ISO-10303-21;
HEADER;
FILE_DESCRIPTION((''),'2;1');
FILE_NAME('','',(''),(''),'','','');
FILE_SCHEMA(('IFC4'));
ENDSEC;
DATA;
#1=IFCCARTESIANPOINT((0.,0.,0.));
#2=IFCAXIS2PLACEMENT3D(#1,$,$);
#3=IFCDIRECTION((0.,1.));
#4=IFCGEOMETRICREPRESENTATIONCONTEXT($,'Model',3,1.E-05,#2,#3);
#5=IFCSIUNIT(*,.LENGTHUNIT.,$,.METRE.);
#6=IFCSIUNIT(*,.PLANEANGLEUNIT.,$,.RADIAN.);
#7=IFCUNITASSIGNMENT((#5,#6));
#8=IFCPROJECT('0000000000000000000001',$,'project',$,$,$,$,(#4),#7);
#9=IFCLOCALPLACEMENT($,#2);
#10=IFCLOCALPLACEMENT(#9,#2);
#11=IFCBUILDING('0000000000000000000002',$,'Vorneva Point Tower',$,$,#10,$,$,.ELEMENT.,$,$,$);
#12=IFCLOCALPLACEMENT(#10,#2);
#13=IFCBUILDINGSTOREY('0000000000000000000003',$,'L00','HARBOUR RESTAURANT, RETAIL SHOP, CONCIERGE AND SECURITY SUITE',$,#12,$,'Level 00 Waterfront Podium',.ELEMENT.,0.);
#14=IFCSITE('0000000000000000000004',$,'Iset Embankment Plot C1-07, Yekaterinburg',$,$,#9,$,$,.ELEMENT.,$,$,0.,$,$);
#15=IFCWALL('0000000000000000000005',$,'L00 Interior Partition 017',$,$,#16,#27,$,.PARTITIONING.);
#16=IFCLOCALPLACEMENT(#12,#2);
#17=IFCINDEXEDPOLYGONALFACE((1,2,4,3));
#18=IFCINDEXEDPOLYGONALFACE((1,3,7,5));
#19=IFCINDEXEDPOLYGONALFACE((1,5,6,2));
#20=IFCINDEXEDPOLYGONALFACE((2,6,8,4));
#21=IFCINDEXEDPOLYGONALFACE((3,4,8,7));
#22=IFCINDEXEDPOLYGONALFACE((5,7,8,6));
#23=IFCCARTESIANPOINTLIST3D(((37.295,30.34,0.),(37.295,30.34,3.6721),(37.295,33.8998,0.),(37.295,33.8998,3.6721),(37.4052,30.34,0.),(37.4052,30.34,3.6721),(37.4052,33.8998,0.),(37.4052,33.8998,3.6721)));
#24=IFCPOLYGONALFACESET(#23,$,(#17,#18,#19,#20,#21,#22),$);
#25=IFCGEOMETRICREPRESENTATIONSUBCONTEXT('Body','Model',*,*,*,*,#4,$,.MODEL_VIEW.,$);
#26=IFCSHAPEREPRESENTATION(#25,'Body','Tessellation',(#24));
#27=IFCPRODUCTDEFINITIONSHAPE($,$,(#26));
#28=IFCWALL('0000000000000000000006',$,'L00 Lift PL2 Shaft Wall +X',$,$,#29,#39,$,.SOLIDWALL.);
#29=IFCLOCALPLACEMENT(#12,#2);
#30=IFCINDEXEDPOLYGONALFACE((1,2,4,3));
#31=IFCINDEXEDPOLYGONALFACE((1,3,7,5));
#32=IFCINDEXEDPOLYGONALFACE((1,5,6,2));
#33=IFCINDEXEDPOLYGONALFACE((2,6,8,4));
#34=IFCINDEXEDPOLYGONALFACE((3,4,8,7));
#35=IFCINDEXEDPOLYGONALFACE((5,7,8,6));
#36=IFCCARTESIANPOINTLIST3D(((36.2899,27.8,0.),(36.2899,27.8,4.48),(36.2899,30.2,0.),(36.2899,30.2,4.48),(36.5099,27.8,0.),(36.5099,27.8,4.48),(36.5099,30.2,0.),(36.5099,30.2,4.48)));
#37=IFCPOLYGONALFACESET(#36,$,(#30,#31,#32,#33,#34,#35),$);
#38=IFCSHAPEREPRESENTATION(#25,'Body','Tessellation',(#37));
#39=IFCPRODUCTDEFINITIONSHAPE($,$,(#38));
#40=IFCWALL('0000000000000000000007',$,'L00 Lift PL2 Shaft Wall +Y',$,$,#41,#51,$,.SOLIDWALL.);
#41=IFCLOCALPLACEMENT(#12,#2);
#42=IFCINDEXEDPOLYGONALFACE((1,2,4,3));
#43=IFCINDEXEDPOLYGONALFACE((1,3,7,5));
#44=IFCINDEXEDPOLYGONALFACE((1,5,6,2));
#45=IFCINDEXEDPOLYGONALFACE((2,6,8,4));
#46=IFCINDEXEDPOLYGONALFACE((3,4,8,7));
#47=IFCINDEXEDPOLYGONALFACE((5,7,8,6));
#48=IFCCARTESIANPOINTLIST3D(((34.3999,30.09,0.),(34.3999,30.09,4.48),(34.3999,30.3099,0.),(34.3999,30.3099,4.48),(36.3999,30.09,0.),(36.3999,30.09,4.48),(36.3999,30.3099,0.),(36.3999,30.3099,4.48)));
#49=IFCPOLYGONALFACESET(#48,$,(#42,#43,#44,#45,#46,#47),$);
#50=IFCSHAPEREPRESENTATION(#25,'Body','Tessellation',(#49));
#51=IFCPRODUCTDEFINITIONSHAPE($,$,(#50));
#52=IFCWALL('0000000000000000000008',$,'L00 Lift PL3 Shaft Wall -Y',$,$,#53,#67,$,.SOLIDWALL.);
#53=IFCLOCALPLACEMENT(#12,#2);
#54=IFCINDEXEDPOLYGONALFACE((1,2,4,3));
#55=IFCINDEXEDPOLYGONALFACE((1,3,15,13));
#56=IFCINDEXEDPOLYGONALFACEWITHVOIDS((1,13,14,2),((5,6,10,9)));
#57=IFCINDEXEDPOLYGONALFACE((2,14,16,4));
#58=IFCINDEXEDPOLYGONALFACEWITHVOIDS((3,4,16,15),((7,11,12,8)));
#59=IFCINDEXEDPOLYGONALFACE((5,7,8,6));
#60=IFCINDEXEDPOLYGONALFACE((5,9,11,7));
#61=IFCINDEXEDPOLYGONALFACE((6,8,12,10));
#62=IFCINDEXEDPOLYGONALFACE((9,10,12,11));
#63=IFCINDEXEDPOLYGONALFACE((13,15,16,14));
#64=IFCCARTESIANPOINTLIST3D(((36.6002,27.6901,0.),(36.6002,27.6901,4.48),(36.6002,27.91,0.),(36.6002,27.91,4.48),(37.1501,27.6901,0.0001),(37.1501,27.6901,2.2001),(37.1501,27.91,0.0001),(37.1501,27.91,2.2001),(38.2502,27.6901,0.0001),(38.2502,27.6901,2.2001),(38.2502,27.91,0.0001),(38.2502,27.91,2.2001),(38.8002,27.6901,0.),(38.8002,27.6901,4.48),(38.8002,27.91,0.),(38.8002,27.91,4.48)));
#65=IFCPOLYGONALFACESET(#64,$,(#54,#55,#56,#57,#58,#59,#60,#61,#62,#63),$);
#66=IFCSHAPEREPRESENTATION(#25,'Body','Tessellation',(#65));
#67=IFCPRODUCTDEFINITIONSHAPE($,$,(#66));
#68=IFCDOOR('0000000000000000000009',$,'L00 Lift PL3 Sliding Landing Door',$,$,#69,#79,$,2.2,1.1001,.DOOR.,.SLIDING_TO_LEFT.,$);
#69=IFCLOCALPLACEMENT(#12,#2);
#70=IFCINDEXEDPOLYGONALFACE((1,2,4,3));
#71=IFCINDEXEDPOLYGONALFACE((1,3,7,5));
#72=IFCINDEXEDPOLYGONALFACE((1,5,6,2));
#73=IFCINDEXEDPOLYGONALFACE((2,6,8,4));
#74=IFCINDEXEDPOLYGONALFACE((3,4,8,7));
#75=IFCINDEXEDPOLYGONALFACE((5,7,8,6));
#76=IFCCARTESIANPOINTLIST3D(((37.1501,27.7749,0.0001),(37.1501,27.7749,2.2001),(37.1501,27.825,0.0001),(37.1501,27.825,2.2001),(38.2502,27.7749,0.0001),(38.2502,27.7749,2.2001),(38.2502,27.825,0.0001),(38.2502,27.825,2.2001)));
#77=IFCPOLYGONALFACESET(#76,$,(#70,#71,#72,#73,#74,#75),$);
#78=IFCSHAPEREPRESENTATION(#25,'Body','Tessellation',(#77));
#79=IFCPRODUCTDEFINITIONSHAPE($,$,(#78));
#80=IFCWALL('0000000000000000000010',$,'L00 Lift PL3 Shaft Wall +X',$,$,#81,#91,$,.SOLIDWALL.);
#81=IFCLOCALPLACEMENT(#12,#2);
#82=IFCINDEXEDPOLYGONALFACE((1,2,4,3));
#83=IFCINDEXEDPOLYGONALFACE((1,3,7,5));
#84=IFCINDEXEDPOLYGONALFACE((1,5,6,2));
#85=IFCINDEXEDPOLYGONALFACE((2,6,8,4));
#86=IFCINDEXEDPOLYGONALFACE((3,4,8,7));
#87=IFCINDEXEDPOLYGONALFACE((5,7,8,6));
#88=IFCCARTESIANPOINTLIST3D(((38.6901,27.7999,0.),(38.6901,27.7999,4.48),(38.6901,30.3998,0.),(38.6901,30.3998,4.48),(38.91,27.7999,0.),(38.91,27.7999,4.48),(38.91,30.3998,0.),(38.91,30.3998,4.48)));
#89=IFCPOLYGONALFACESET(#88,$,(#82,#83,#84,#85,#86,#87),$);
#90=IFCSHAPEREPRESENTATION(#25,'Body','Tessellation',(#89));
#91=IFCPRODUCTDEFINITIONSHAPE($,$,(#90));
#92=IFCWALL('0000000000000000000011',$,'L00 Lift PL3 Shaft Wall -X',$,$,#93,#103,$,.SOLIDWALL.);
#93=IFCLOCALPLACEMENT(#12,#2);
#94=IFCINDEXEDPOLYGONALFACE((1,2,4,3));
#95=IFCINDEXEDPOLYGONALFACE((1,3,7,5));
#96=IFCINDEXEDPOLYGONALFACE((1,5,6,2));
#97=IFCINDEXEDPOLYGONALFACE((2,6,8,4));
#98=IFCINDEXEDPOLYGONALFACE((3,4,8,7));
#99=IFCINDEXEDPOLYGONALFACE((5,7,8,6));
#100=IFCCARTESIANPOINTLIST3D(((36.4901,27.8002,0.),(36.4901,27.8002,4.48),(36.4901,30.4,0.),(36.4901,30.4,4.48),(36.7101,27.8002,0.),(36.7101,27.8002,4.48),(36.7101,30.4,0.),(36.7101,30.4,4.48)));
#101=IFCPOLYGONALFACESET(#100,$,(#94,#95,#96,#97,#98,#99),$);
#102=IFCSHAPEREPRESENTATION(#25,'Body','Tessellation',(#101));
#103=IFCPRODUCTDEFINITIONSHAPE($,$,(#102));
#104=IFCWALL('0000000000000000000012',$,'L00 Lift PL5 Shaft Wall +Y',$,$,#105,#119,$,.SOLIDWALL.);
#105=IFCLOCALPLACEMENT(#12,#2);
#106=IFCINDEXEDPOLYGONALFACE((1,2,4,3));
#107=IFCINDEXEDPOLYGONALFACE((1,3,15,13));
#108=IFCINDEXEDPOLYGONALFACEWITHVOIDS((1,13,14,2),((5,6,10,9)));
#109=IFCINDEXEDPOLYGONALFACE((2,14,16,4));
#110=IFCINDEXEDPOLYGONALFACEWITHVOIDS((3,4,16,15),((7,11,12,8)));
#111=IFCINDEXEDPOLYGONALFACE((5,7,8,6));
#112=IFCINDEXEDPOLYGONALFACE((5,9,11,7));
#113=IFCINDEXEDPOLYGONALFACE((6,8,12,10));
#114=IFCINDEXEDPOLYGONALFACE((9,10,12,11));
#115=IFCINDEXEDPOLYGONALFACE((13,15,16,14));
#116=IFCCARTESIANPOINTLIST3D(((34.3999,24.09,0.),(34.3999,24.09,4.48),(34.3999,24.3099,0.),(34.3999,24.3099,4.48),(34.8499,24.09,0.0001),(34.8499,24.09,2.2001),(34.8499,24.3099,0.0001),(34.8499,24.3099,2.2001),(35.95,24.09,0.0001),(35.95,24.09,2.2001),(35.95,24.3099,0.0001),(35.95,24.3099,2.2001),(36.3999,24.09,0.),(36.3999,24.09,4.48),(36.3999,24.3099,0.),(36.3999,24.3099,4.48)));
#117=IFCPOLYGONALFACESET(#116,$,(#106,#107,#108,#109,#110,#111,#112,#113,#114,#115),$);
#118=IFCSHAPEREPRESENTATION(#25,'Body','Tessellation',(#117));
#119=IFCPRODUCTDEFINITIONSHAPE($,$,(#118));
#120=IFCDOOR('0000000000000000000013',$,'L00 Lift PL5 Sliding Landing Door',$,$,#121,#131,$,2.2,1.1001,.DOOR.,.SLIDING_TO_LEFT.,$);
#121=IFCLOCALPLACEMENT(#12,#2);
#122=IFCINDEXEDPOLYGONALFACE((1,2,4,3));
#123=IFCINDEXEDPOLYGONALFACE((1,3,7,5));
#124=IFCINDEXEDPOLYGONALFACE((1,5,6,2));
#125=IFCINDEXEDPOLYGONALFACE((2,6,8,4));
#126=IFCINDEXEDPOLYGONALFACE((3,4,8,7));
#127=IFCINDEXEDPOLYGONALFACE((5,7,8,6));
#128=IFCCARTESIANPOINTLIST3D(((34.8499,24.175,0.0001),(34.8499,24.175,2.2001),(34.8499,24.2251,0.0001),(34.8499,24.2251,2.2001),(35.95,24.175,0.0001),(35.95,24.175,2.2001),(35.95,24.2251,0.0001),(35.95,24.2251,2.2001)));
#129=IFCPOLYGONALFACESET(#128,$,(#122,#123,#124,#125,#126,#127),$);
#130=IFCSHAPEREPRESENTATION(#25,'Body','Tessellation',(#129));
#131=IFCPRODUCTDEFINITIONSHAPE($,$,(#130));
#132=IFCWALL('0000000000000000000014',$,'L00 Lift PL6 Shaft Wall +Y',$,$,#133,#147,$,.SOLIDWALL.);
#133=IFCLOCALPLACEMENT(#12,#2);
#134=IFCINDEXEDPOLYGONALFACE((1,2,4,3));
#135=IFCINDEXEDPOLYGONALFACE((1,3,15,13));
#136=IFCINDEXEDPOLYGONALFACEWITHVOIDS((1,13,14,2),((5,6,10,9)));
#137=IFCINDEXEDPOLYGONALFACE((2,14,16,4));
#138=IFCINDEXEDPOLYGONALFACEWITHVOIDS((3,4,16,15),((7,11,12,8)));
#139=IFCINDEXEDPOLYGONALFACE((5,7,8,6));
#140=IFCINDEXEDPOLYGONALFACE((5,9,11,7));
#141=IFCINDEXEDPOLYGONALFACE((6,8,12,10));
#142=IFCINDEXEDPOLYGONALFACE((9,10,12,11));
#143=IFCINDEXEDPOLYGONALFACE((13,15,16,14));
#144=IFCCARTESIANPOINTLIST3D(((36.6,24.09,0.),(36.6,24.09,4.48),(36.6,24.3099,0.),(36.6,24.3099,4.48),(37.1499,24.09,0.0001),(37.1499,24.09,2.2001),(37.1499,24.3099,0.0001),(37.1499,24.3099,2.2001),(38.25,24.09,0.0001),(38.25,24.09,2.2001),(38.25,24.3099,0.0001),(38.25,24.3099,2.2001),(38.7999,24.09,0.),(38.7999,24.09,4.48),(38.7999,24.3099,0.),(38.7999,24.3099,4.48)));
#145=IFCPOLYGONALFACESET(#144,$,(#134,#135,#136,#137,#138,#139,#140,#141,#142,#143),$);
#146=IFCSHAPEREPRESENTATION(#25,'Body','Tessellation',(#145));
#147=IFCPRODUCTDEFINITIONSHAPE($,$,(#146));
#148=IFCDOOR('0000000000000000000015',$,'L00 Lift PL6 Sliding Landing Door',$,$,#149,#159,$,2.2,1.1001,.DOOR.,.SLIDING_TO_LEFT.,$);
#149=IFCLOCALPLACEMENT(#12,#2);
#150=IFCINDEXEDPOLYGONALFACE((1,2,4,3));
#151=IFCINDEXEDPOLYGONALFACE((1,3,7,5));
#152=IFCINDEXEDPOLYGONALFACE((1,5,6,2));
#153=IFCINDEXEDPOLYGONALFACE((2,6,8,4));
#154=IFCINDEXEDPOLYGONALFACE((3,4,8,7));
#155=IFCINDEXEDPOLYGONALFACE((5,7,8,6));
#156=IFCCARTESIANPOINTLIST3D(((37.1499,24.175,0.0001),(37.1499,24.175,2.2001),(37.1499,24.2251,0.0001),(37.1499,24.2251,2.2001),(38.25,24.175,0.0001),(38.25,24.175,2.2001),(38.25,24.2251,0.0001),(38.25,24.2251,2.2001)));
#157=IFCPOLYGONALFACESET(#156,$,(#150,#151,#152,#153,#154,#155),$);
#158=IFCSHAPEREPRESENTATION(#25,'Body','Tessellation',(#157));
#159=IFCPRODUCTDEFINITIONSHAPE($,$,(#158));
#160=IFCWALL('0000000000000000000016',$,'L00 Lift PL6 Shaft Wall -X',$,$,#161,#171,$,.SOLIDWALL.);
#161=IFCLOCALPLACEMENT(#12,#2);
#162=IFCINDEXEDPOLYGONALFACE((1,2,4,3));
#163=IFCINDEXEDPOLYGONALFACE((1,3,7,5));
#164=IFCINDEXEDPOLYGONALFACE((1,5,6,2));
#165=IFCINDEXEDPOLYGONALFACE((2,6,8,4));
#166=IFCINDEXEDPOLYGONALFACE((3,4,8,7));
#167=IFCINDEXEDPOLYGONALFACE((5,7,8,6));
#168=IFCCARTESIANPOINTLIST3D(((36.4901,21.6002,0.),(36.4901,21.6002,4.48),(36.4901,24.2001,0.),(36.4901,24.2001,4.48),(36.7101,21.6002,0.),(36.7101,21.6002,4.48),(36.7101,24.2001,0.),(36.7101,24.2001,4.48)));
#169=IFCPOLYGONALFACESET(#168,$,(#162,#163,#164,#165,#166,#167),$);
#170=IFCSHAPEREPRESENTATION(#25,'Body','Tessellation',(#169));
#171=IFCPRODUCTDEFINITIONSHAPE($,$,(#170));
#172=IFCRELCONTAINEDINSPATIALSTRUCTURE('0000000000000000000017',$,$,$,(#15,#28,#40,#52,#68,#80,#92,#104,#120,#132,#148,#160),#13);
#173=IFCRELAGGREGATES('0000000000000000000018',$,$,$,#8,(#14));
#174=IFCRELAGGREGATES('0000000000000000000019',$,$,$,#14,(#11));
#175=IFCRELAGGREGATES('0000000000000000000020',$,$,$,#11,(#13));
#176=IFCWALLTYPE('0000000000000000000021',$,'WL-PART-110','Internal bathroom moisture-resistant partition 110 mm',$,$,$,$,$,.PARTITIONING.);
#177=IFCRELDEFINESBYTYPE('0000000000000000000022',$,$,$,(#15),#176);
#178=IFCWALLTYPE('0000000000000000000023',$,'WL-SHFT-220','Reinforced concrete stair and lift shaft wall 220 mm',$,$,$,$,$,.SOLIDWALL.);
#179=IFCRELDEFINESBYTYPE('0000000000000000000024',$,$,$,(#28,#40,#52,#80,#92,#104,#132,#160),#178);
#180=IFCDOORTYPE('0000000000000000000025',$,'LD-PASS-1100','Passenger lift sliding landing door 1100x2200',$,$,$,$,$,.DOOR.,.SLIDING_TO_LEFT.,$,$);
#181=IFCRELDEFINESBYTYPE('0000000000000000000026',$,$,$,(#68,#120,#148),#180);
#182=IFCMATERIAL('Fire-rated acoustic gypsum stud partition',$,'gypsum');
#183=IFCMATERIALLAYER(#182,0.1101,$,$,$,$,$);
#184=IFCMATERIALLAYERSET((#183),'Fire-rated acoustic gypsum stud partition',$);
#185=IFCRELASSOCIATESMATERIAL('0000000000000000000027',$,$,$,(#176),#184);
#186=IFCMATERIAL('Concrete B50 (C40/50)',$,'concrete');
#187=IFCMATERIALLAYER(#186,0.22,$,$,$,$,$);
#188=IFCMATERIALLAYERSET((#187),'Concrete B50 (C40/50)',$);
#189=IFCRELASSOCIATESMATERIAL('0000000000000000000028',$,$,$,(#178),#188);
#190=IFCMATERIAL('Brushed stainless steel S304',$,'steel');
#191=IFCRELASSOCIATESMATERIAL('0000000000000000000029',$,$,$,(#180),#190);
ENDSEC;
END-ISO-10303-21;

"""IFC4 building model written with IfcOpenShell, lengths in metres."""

from ifc_helpers import new_model, si_unit, direction, frame, frame_2d, origin, place, context, subcontext, project, spatial, rectangle, extrude, material, layer, layer_set, type_object, element, fill, save


model = new_model("IFC4")

# Units and contexts
model_context = context("Model", 3, precision=1e-05, world=origin(), true_north=direction((0.0, 1.0)))
body_context = subcontext(model_context, "Body", "Model", "MODEL_VIEW")
ifc_project = project(units=[si_unit("LENGTHUNIT", "METRE"), si_unit("PLANEANGLEUNIT", "RADIAN")], contexts=[model_context])

# Site, building, storey
site_placement = place(None, origin())
site = spatial("IfcSite", under=ifc_project, at=site_placement, Name="Iset Embankment Plot C1-07, Yekaterinburg", CompositionType="ELEMENT", RefElevation=0.0)
building_placement = place(site_placement, origin())
building = spatial("IfcBuilding", under=site, at=building_placement, Name="Vorneva Point Tower", CompositionType="ELEMENT")
storey_placement = place(building_placement, origin())
storey = spatial("IfcBuildingStorey", under=building, at=storey_placement, Name="L00", Description="HARBOUR RESTAURANT, RETAIL SHOP, CONCIERGE AND SECURITY SUITE", LongName="Level 00 Waterfront Podium", CompositionType="ELEMENT", Elevation=0.0)

# Wall
ifc_material_1 = material(Name="Fire-rated acoustic gypsum stud partition", Category="gypsum")
ifc_layer_1 = layer(ifc_material_1, 0.1101)
ifc_layer_set_1 = layer_set([ifc_layer_1], Name="Fire-rated acoustic gypsum stud partition")
wall_type_1 = type_object("IfcWallType", Name="WL-PART-110", Description="Internal bathroom moisture-resistant partition 110 mm", PredefinedType="PARTITIONING", material=ifc_layer_set_1)
wall_1_placement = place(storey_placement, frame((37.3501, 30.3401, 0.0), z_axis=(0.0, 0.0, 1.0), x_axis=(0.0, 1.0, 0.0)))
element("IfcWall", 1, at=wall_1_placement, inside=storey, type_object=wall_type_1, Name="L00 Interior Partition 017", PredefinedType="PARTITIONING", context=body_context, shape_type="SweptSolid", body=[
    extrude(rectangle(XDim=3.5598, YDim=0.1101, at=frame_2d((1.7798, 0.0))), origin(), (0.0, 0.0, 1.0), 3.6721),
])

# Walls
ifc_material_2 = material(Name="Concrete B50 (C40/50)", Category="concrete")
ifc_layer_2 = layer(ifc_material_2, 0.22)
ifc_layer_set_2 = layer_set([ifc_layer_2], Name="Concrete B50 (C40/50)")
wall_type_2 = type_object("IfcWallType", Name="WL-SHFT-220", Description="Reinforced concrete stair and lift shaft wall 220 mm", PredefinedType="SOLIDWALL", material=ifc_layer_set_2)
wall_2_placement = place(storey_placement, frame((36.3999, 27.8, 0.0), z_axis=(0.0, 0.0, 1.0), x_axis=(0.0, 1.0, 0.0)))
element("IfcWall", 2, at=wall_2_placement, inside=storey, type_object=wall_type_2, Name="L00 Lift PL2 Shaft Wall +X", PredefinedType="SOLIDWALL", context=body_context, shape_type="SweptSolid", body=[
    extrude(rectangle(XDim=2.3999, YDim=0.22, at=frame_2d((1.2, 0.0))), origin(), (0.0, 0.0, 1.0), 4.48),
])
wall_3_placement = place(storey_placement, frame((36.3999, 30.2, 0.0), z_axis=(0.0, 0.0, 1.0), x_axis=(-1.0, 0.0, 0.0)))
element("IfcWall", 3, at=wall_3_placement, inside=storey, type_object=wall_type_2, Name="L00 Lift PL2 Shaft Wall +Y", PredefinedType="SOLIDWALL", context=body_context, shape_type="SweptSolid", body=[
    extrude(rectangle(XDim=2.0, YDim=0.22, at=frame_2d((1.0, 0.0))), origin(), (0.0, 0.0, 1.0), 4.48),
])

# Wall, opening, door
wall_4_placement = place(storey_placement, frame((36.6001, 27.8, 0.0), z_axis=(0.0, 0.0, 1.0), x_axis=(1.0, 0.0, 0.0)))
wall_4 = element("IfcWall", 4, at=wall_4_placement, inside=storey, type_object=wall_type_2, Name="L00 Lift PL3 Shaft Wall -Y", PredefinedType="SOLIDWALL", context=body_context, shape_type="SweptSolid", body=[
    extrude(rectangle(XDim=2.2, YDim=0.22, at=frame_2d((1.1001, 0.0))), origin(), (0.0, 0.0, 1.0), 4.48),
])
opening_1_placement = place(wall_4_placement, frame((0.55, 0.0, 0.0)))
opening_1 = element("IfcOpeningElement", 5, at=opening_1_placement, cuts=wall_4, PredefinedType="OPENING", context=body_context, shape_type="SweptSolid", body=[
    extrude(rectangle(XDim=1.1001, YDim=2.2, at=frame_2d((0.55, 1.1001))), frame((0.0, 0.125, 0.0), z_axis=(0.0, -1.0, 0.0), x_axis=(1.0, 0.0, 0.0)), (0.0, 0.0, 1.0), 0.2498),
])
ifc_material_3 = material(Name="Brushed stainless steel S304", Category="steel")
door_type_1 = type_object("IfcDoorType", Name="LD-PASS-1100", Description="Passenger lift sliding landing door 1100x2200", OperationType="SLIDING_TO_LEFT", PredefinedType="DOOR", material=ifc_material_3)
door_1_placement = place(opening_1_placement, origin())
door_1 = element("IfcDoor", 6, at=door_1_placement, inside=storey, type_object=door_type_1, Name="L00 Lift PL3 Sliding Landing Door", OperationType="SLIDING_TO_LEFT", OverallHeight=2.2, OverallWidth=1.1001, PredefinedType="DOOR", context=body_context, shape_type="SweptSolid", body=[
    extrude(rectangle(XDim=1.1001, YDim=2.2, at=frame_2d((0.55, 1.1001))), frame((0.0, 0.0249, 0.0), z_axis=(0.0, -1.0, 0.0), x_axis=(1.0, 0.0, 0.0)), (0.0, 0.0, 1.0), 0.05),
])
fill(opening_1, door_1)

# Walls
for number, where, z_axis, x_axis, name in (
    (7, (38.8, 27.8, 0.0), (0.0, 0.0, 1.0), (0.0, 1.0, 0.0), "L00 Lift PL3 Shaft Wall +X"),
    (8, (36.6001, 30.3999, 0.0), (0.0, 0.0, 1.0), (0.0, -1.0, 0.0), "L00 Lift PL3 Shaft Wall -X"),
):
    element("IfcWall", number, at=place(storey_placement, frame(where, z_axis=z_axis, x_axis=x_axis)), inside=storey, type_object=wall_type_2, Name=name, PredefinedType="SOLIDWALL", context=body_context, shape_type="SweptSolid", body=[
        extrude(rectangle(XDim=2.5999, YDim=0.22, at=frame_2d((1.2998, 0.0))), origin(), (0.0, 0.0, 1.0), 4.48),
    ])

# Walls, openings, doors
wall_5_placement = place(storey_placement, frame((36.3999, 24.2, 0.0), z_axis=(0.0, 0.0, 1.0), x_axis=(-1.0, 0.0, 0.0)))
wall_5 = element("IfcWall", 9, at=wall_5_placement, inside=storey, type_object=wall_type_2, Name="L00 Lift PL5 Shaft Wall +Y", PredefinedType="SOLIDWALL", context=body_context, shape_type="SweptSolid", body=[
    extrude(rectangle(XDim=2.0, YDim=0.22, at=frame_2d((1.0, 0.0))), origin(), (0.0, 0.0, 1.0), 4.48),
])
opening_2_placement = place(wall_5_placement, frame((0.45, 0.0, 0.0)))
opening_2 = element("IfcOpeningElement", 10, at=opening_2_placement, cuts=wall_5, PredefinedType="OPENING", context=body_context, shape_type="SweptSolid", body=[
    extrude(rectangle(XDim=1.1001, YDim=2.2, at=frame_2d((0.55, 1.1001))), frame((0.0, 0.125, 0.0), z_axis=(0.0, -1.0, 0.0), x_axis=(1.0, 0.0, 0.0)), (0.0, 0.0, 1.0), 0.2498),
])
door_2_placement = place(opening_2_placement, origin())
door_2 = element("IfcDoor", 11, at=door_2_placement, inside=storey, type_object=door_type_1, Name="L00 Lift PL5 Sliding Landing Door", OperationType="SLIDING_TO_LEFT", OverallHeight=2.2, OverallWidth=1.1001, PredefinedType="DOOR", context=body_context, shape_type="SweptSolid", body=[
    extrude(rectangle(XDim=1.1001, YDim=2.2, at=frame_2d((0.55, 1.1001))), frame((0.0, 0.0249, 0.0), z_axis=(0.0, -1.0, 0.0), x_axis=(1.0, 0.0, 0.0)), (0.0, 0.0, 1.0), 0.05),
])
fill(opening_2, door_2)
wall_6_placement = place(storey_placement, frame((38.8, 24.2, 0.0), z_axis=(0.0, 0.0, 1.0), x_axis=(-1.0, 0.0, 0.0)))
wall_6 = element("IfcWall", 12, at=wall_6_placement, inside=storey, type_object=wall_type_2, Name="L00 Lift PL6 Shaft Wall +Y", PredefinedType="SOLIDWALL", context=body_context, shape_type="SweptSolid", body=[
    extrude(rectangle(XDim=2.2, YDim=0.22, at=frame_2d((1.1001, 0.0))), origin(), (0.0, 0.0, 1.0), 4.48),
])
opening_3_placement = place(wall_6_placement, frame((0.55, 0.0, 0.0)))
opening_3 = element("IfcOpeningElement", 13, at=opening_3_placement, cuts=wall_6, PredefinedType="OPENING", context=body_context, shape_type="SweptSolid", body=[
    extrude(rectangle(XDim=1.1001, YDim=2.2, at=frame_2d((0.55, 1.1001))), frame((0.0, 0.125, 0.0), z_axis=(0.0, -1.0, 0.0), x_axis=(1.0, 0.0, 0.0)), (0.0, 0.0, 1.0), 0.2498),
])
door_3_placement = place(opening_3_placement, origin())
door_3 = element("IfcDoor", 14, at=door_3_placement, inside=storey, type_object=door_type_1, Name="L00 Lift PL6 Sliding Landing Door", OperationType="SLIDING_TO_LEFT", OverallHeight=2.2, OverallWidth=1.1001, PredefinedType="DOOR", context=body_context, shape_type="SweptSolid", body=[
    extrude(rectangle(XDim=1.1001, YDim=2.2, at=frame_2d((0.55, 1.1001))), frame((0.0, 0.0249, 0.0), z_axis=(0.0, -1.0, 0.0), x_axis=(1.0, 0.0, 0.0)), (0.0, 0.0, 1.0), 0.05),
])
fill(opening_3, door_3)

# Wall
wall_7_placement = place(storey_placement, frame((36.6001, 24.2, 0.0), z_axis=(0.0, 0.0, 1.0), x_axis=(0.0, -1.0, 0.0)))
element("IfcWall", 15, at=wall_7_placement, inside=storey, type_object=wall_type_2, Name="L00 Lift PL6 Shaft Wall -X", PredefinedType="SOLIDWALL", context=body_context, shape_type="SweptSolid", body=[
    extrude(rectangle(XDim=2.5999, YDim=0.22, at=frame_2d((1.2998, 0.0))), origin(), (0.0, 0.0, 1.0), 4.48),
])

save(model, "model.ifc")
